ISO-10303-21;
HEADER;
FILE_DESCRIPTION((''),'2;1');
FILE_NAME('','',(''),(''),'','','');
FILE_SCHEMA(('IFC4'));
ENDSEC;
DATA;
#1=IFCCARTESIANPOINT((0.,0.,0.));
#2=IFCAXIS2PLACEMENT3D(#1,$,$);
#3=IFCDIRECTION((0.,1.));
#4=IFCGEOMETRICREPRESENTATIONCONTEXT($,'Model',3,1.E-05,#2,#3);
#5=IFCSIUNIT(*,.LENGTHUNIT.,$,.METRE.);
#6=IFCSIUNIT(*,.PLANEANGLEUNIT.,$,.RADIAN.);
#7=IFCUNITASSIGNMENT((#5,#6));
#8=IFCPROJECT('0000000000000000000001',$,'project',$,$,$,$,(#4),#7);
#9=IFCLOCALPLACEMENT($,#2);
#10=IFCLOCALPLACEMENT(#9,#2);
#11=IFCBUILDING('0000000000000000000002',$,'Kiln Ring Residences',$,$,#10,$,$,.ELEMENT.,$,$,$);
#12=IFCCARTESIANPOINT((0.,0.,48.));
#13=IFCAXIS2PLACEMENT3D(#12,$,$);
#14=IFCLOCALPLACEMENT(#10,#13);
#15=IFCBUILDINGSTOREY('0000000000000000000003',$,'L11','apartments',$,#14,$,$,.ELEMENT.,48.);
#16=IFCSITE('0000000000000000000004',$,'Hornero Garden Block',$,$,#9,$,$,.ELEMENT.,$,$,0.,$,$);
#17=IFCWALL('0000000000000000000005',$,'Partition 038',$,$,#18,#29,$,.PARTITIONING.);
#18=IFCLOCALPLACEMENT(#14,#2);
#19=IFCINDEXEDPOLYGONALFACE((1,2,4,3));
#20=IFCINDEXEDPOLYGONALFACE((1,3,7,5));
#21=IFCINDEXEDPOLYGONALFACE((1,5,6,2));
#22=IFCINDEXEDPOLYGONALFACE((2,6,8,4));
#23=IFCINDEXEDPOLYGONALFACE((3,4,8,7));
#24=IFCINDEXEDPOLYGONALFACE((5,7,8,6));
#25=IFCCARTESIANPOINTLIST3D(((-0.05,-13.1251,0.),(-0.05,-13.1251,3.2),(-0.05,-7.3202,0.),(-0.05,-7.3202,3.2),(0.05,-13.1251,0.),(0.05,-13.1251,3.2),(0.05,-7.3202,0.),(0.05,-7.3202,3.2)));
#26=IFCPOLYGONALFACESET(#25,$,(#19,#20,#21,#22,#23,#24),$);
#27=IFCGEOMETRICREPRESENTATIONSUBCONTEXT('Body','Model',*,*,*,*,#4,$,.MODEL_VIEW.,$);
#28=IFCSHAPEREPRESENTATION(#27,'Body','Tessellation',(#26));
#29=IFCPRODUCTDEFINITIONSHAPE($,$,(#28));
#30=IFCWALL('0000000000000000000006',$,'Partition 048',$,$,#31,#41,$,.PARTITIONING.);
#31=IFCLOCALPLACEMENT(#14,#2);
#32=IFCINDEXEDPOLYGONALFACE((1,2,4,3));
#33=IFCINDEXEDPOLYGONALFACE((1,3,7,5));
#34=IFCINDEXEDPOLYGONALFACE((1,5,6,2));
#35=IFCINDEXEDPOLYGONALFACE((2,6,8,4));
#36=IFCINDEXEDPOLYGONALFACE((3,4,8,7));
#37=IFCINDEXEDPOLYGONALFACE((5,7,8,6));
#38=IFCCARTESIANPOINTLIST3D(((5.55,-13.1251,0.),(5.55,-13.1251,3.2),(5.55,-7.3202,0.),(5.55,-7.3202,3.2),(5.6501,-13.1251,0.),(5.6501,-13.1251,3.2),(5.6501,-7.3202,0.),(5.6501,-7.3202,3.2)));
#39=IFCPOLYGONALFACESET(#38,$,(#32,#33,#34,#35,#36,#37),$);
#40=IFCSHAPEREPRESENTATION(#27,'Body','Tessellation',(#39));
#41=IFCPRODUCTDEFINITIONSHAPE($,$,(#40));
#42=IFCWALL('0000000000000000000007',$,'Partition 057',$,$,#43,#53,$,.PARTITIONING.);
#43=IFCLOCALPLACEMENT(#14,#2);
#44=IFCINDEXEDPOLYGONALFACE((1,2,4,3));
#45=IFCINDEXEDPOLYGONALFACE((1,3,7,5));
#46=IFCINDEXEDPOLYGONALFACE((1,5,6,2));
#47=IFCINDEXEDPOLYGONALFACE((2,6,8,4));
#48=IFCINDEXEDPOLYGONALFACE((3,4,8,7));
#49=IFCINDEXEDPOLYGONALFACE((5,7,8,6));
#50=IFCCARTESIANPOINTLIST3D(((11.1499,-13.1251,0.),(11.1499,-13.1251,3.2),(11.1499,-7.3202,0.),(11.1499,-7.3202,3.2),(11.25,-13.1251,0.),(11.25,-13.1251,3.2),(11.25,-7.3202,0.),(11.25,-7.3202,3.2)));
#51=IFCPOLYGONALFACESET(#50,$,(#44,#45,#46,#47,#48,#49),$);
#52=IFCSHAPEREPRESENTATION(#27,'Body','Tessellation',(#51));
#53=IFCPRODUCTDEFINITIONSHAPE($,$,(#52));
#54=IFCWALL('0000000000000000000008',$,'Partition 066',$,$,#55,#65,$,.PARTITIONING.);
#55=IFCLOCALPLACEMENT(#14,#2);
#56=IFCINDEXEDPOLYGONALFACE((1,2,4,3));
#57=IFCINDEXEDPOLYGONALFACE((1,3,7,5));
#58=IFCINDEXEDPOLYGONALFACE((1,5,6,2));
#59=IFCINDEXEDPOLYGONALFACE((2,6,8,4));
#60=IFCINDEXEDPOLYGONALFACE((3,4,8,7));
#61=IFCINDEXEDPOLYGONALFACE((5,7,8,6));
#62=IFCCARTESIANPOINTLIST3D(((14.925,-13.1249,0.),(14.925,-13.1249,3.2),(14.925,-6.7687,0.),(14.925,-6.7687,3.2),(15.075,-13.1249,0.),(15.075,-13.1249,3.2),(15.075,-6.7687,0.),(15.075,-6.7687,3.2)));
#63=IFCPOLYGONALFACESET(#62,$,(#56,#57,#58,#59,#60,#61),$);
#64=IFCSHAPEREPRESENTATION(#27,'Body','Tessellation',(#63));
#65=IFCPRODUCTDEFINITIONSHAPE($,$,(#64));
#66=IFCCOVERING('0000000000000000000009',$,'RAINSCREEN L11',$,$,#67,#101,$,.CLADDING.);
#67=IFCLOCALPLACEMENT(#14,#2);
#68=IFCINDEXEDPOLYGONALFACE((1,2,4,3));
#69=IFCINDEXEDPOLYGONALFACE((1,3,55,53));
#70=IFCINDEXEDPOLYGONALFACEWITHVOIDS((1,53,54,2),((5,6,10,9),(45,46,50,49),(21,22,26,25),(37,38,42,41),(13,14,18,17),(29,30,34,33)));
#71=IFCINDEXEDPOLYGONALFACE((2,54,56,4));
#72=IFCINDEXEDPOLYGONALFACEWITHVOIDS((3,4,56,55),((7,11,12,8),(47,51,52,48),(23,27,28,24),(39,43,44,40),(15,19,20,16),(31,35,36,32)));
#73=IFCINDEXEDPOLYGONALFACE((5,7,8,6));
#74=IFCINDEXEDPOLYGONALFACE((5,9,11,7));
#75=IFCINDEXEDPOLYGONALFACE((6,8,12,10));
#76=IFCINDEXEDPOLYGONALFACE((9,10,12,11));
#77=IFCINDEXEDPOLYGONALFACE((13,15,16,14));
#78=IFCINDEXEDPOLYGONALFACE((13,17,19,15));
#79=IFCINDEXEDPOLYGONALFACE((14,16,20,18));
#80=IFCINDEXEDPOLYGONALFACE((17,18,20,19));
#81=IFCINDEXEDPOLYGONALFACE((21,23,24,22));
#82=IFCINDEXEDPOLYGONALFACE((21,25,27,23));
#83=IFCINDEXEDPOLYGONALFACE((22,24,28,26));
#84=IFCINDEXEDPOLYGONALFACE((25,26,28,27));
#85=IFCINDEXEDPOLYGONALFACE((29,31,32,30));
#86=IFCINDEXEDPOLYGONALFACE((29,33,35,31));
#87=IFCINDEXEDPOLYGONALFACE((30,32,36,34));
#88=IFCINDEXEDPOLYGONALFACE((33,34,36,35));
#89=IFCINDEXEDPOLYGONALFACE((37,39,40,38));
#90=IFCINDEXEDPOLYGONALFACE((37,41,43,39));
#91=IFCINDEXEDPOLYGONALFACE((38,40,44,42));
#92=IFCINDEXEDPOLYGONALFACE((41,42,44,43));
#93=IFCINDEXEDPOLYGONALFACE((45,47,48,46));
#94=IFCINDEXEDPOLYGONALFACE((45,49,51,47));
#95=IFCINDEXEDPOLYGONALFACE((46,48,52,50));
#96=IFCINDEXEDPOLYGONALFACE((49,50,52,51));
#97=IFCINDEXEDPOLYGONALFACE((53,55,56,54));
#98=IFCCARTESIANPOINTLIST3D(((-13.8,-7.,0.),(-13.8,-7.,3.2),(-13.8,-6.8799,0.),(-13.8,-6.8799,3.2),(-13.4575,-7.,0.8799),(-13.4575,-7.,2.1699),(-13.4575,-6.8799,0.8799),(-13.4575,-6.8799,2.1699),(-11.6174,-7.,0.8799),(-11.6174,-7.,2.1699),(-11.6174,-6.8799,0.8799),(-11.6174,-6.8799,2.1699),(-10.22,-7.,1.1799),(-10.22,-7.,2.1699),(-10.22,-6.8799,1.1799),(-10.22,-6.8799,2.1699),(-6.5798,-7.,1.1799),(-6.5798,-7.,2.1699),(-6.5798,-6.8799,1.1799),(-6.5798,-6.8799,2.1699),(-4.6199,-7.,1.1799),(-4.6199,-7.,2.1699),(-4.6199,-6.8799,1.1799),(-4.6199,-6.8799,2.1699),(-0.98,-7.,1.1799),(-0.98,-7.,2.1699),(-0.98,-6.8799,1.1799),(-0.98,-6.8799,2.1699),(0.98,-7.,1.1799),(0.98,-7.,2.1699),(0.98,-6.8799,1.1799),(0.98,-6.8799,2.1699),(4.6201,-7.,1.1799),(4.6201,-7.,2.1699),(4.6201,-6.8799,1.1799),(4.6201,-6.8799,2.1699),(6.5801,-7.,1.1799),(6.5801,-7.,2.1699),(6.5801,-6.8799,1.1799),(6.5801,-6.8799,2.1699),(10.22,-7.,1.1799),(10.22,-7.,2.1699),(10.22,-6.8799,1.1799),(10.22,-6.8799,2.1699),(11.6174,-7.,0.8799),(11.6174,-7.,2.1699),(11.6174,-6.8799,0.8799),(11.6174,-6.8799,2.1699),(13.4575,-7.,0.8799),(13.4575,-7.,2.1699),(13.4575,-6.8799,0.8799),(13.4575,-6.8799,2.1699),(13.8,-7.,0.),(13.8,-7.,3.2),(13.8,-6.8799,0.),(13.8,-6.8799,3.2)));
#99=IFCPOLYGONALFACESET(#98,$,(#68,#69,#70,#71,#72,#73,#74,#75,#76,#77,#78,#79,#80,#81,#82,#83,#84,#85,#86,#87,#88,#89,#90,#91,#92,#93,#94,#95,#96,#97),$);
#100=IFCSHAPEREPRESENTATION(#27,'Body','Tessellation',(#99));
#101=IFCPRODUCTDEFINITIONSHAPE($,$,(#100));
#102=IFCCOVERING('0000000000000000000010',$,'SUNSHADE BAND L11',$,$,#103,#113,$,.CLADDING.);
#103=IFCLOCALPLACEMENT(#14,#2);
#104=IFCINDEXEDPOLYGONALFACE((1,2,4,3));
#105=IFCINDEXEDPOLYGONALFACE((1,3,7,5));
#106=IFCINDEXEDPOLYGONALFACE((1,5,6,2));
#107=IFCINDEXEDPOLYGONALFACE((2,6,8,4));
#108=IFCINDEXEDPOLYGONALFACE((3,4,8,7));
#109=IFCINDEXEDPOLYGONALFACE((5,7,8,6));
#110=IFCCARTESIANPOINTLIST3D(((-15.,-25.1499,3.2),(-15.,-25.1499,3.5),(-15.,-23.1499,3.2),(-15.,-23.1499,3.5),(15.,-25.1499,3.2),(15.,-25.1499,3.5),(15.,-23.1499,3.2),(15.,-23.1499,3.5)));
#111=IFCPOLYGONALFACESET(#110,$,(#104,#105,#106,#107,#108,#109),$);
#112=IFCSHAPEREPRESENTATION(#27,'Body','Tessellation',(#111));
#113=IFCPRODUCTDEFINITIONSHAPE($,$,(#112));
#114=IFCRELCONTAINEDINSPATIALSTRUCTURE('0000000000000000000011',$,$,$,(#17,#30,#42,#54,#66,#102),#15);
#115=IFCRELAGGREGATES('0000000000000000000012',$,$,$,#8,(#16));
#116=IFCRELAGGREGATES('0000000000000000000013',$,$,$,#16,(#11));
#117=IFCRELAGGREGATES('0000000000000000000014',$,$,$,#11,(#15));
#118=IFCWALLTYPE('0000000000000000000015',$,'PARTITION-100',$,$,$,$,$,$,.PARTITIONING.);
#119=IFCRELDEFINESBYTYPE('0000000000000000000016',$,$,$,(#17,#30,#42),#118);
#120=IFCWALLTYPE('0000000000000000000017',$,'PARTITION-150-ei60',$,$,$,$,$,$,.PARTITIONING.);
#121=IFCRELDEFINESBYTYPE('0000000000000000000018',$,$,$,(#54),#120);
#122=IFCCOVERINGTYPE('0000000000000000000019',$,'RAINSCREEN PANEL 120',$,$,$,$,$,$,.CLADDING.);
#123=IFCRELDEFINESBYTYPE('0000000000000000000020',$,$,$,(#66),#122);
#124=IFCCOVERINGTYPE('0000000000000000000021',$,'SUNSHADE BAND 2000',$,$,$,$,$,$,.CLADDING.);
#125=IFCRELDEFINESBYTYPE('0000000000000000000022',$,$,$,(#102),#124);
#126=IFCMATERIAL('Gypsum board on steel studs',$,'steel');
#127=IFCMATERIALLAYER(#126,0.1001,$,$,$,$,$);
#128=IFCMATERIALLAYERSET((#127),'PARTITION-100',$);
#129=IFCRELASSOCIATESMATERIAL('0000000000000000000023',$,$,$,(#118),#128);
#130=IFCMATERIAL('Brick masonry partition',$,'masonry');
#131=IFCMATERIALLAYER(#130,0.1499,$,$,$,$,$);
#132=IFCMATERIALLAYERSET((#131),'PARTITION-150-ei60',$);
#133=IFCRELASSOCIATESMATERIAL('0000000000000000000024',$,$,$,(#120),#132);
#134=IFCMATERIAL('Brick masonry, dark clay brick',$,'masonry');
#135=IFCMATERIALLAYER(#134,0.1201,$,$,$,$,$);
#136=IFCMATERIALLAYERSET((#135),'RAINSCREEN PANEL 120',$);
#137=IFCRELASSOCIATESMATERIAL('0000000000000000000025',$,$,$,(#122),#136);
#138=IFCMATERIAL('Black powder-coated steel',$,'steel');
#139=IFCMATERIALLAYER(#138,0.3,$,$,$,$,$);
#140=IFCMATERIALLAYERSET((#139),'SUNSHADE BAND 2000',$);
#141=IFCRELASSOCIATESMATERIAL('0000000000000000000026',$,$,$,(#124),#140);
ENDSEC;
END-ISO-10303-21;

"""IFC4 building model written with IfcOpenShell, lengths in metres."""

from ifc_helpers import new_model, si_unit, direction, frame, frame_2d, origin, place, context, subcontext, project, spatial, polyline, rectangle, outline, extrude, material, layer, layer_set, type_object, element, save


model = new_model("IFC4")

# Units and contexts
model_context = context("Model", 3, precision=1e-05, world=origin(), true_north=direction((0.0, 1.0)))
body_context = subcontext(model_context, "Body", "Model", "MODEL_VIEW")
ifc_project = project(units=[si_unit("LENGTHUNIT", "METRE"), si_unit("PLANEANGLEUNIT", "RADIAN")], contexts=[model_context])

# Site, building, storey
site_placement = place(None, origin())
site = spatial("IfcSite", under=ifc_project, at=site_placement, Name="Hornero Garden Block", CompositionType="ELEMENT", RefElevation=0.0)
building_placement = place(site_placement, origin())
building = spatial("IfcBuilding", under=site, at=building_placement, Name="Kiln Ring Residences", CompositionType="ELEMENT")
storey_placement = place(building_placement, frame((0.0, 0.0, 48.0)))
storey = spatial("IfcBuildingStorey", under=building, at=storey_placement, Name="L11", Description="apartments", CompositionType="ELEMENT", Elevation=48.0)

# Walls
ifc_material_1 = material(Name="Gypsum board on steel studs", Category="steel")
ifc_layer_1 = layer(ifc_material_1, 0.1001)
ifc_layer_set_1 = layer_set([ifc_layer_1], Name="PARTITION-100")
wall_type_1 = type_object("IfcWallType", Name="PARTITION-100", PredefinedType="PARTITIONING", material=ifc_layer_set_1)
for number, where, z_axis, x_axis, name in (
    (1, (0.0, -13.125, 0.0), (0.0, 0.0, 1.0), (0.0, 1.0, 0.0), "Partition 038"),
    (2, (5.6001, -13.125, 0.0), (0.0, 0.0, 1.0), (0.0, 1.0, 0.0), "Partition 048"),
    (3, (11.2, -13.125, 0.0), (0.0, 0.0, 1.0), (0.0, 1.0, 0.0), "Partition 057"),
):
    element("IfcWall", number, at=place(storey_placement, frame(where, z_axis=z_axis, x_axis=x_axis)), inside=storey, type_object=wall_type_1, Name=name, PredefinedType="PARTITIONING", context=body_context, shape_type="SweptSolid", body=[
        extrude(rectangle(XDim=5.8049, YDim=0.1001, at=frame_2d((2.9023, 0.0))), origin(), (0.0, 0.0, 1.0), 3.2),
    ])
ifc_material_2 = material(Name="Brick masonry partition", Category="masonry")
ifc_layer_2 = layer(ifc_material_2, 0.1499)
ifc_layer_set_2 = layer_set([ifc_layer_2], Name="PARTITION-150-ei60")
wall_type_2 = type_object("IfcWallType", Name="PARTITION-150-ei60", PredefinedType="PARTITIONING", material=ifc_layer_set_2)
wall_1_placement = place(storey_placement, frame((15.0, -13.125, 0.0), z_axis=(0.0, 0.0, 1.0), x_axis=(0.0, 1.0, 0.0)))
element("IfcWall", 4, at=wall_1_placement, inside=storey, type_object=wall_type_2, Name="Partition 066", PredefinedType="PARTITIONING", context=body_context, shape_type="SweptSolid", body=[
    extrude(rectangle(XDim=6.3562, YDim=0.1499, at=frame_2d((3.1782, 0.0))), origin(), (0.0, 0.0, 1.0), 3.2),
])

# Coverings
ifc_material_3 = material(Name="Brick masonry, dark clay brick", Category="masonry")
ifc_layer_3 = layer(ifc_material_3, 0.1201)
ifc_layer_set_3 = layer_set([ifc_layer_3], Name="RAINSCREEN PANEL 120")
covering_type_1 = type_object("IfcCoveringType", Name="RAINSCREEN PANEL 120", PredefinedType="CLADDING", material=ifc_layer_set_3)
covering_1_placement = place(storey_placement, frame((13.8, -6.9399, 0.0), z_axis=(0.0, 0.0, 1.0), x_axis=(-1.0, 0.0, 0.0)))
element("IfcCovering", 5, at=covering_1_placement, inside=storey, type_object=covering_type_1, Name="RAINSCREEN L11", PredefinedType="CLADDING", context=body_context, shape_type="SweptSolid", body=[
    extrude(outline(polyline([(0.0, 0.0), (27.6001, 0.0), (27.6001, 3.2), (0.0, 3.2), (0.0, 0.0)]), holes=[polyline([(2.1826, 0.8799), (2.1826, 2.1699), (0.3425, 2.1699), (0.3425, 0.8799), (2.1826, 0.8799)]), polyline([(25.4175, 0.8799), (27.2576, 0.8799), (27.2576, 2.1699), (25.4175, 2.1699), (25.4175, 0.8799)]), polyline([(3.5801, 1.1799), (7.22, 1.1799), (7.22, 2.1699), (3.5801, 2.1699), (3.5801, 1.1799)]), polyline([(12.8201, 1.1799), (12.8201, 2.1699), (9.1799, 2.1699), (9.1799, 1.1799), (12.8201, 1.1799)]), polyline([(14.78, 1.1799), (18.4199, 1.1799), (18.4199, 2.1699), (14.78, 2.1699), (14.78, 1.1799)]), polyline([(20.3799, 1.1799), (24.02, 1.1799), (24.02, 2.1699), (20.3799, 2.1699), (20.3799, 1.1799)])]), frame((0.0, 0.0601, 0.0), z_axis=(0.0, -1.0, 0.0), x_axis=(1.0, 0.0, 0.0)), (0.0, 0.0, 1.0), 0.1201),
])
ifc_material_4 = material(Name="Black powder-coated steel", Category="steel")
ifc_layer_4 = layer(ifc_material_4, 0.3)
ifc_layer_set_4 = layer_set([ifc_layer_4], Name="SUNSHADE BAND 2000")
covering_type_2 = type_object("IfcCoveringType", Name="SUNSHADE BAND 2000", PredefinedType="CLADDING", material=ifc_layer_set_4)
covering_2_placement = place(storey_placement, frame((0.0, 0.0, 3.2)))
element("IfcCovering", 6, at=covering_2_placement, inside=storey, type_object=covering_type_2, Name="SUNSHADE BAND L11", PredefinedType="CLADDING", context=body_context, shape_type="SweptSolid", body=[
    extrude(outline(polyline([(-15.0, -25.1499), (15.0, -25.1499), (15.0, -23.1499), (-15.0, -23.1499), (-15.0, -25.1499)])), origin(), (0.0, 0.0, 1.0), 0.3),
])

save(model, "model.ifc")
